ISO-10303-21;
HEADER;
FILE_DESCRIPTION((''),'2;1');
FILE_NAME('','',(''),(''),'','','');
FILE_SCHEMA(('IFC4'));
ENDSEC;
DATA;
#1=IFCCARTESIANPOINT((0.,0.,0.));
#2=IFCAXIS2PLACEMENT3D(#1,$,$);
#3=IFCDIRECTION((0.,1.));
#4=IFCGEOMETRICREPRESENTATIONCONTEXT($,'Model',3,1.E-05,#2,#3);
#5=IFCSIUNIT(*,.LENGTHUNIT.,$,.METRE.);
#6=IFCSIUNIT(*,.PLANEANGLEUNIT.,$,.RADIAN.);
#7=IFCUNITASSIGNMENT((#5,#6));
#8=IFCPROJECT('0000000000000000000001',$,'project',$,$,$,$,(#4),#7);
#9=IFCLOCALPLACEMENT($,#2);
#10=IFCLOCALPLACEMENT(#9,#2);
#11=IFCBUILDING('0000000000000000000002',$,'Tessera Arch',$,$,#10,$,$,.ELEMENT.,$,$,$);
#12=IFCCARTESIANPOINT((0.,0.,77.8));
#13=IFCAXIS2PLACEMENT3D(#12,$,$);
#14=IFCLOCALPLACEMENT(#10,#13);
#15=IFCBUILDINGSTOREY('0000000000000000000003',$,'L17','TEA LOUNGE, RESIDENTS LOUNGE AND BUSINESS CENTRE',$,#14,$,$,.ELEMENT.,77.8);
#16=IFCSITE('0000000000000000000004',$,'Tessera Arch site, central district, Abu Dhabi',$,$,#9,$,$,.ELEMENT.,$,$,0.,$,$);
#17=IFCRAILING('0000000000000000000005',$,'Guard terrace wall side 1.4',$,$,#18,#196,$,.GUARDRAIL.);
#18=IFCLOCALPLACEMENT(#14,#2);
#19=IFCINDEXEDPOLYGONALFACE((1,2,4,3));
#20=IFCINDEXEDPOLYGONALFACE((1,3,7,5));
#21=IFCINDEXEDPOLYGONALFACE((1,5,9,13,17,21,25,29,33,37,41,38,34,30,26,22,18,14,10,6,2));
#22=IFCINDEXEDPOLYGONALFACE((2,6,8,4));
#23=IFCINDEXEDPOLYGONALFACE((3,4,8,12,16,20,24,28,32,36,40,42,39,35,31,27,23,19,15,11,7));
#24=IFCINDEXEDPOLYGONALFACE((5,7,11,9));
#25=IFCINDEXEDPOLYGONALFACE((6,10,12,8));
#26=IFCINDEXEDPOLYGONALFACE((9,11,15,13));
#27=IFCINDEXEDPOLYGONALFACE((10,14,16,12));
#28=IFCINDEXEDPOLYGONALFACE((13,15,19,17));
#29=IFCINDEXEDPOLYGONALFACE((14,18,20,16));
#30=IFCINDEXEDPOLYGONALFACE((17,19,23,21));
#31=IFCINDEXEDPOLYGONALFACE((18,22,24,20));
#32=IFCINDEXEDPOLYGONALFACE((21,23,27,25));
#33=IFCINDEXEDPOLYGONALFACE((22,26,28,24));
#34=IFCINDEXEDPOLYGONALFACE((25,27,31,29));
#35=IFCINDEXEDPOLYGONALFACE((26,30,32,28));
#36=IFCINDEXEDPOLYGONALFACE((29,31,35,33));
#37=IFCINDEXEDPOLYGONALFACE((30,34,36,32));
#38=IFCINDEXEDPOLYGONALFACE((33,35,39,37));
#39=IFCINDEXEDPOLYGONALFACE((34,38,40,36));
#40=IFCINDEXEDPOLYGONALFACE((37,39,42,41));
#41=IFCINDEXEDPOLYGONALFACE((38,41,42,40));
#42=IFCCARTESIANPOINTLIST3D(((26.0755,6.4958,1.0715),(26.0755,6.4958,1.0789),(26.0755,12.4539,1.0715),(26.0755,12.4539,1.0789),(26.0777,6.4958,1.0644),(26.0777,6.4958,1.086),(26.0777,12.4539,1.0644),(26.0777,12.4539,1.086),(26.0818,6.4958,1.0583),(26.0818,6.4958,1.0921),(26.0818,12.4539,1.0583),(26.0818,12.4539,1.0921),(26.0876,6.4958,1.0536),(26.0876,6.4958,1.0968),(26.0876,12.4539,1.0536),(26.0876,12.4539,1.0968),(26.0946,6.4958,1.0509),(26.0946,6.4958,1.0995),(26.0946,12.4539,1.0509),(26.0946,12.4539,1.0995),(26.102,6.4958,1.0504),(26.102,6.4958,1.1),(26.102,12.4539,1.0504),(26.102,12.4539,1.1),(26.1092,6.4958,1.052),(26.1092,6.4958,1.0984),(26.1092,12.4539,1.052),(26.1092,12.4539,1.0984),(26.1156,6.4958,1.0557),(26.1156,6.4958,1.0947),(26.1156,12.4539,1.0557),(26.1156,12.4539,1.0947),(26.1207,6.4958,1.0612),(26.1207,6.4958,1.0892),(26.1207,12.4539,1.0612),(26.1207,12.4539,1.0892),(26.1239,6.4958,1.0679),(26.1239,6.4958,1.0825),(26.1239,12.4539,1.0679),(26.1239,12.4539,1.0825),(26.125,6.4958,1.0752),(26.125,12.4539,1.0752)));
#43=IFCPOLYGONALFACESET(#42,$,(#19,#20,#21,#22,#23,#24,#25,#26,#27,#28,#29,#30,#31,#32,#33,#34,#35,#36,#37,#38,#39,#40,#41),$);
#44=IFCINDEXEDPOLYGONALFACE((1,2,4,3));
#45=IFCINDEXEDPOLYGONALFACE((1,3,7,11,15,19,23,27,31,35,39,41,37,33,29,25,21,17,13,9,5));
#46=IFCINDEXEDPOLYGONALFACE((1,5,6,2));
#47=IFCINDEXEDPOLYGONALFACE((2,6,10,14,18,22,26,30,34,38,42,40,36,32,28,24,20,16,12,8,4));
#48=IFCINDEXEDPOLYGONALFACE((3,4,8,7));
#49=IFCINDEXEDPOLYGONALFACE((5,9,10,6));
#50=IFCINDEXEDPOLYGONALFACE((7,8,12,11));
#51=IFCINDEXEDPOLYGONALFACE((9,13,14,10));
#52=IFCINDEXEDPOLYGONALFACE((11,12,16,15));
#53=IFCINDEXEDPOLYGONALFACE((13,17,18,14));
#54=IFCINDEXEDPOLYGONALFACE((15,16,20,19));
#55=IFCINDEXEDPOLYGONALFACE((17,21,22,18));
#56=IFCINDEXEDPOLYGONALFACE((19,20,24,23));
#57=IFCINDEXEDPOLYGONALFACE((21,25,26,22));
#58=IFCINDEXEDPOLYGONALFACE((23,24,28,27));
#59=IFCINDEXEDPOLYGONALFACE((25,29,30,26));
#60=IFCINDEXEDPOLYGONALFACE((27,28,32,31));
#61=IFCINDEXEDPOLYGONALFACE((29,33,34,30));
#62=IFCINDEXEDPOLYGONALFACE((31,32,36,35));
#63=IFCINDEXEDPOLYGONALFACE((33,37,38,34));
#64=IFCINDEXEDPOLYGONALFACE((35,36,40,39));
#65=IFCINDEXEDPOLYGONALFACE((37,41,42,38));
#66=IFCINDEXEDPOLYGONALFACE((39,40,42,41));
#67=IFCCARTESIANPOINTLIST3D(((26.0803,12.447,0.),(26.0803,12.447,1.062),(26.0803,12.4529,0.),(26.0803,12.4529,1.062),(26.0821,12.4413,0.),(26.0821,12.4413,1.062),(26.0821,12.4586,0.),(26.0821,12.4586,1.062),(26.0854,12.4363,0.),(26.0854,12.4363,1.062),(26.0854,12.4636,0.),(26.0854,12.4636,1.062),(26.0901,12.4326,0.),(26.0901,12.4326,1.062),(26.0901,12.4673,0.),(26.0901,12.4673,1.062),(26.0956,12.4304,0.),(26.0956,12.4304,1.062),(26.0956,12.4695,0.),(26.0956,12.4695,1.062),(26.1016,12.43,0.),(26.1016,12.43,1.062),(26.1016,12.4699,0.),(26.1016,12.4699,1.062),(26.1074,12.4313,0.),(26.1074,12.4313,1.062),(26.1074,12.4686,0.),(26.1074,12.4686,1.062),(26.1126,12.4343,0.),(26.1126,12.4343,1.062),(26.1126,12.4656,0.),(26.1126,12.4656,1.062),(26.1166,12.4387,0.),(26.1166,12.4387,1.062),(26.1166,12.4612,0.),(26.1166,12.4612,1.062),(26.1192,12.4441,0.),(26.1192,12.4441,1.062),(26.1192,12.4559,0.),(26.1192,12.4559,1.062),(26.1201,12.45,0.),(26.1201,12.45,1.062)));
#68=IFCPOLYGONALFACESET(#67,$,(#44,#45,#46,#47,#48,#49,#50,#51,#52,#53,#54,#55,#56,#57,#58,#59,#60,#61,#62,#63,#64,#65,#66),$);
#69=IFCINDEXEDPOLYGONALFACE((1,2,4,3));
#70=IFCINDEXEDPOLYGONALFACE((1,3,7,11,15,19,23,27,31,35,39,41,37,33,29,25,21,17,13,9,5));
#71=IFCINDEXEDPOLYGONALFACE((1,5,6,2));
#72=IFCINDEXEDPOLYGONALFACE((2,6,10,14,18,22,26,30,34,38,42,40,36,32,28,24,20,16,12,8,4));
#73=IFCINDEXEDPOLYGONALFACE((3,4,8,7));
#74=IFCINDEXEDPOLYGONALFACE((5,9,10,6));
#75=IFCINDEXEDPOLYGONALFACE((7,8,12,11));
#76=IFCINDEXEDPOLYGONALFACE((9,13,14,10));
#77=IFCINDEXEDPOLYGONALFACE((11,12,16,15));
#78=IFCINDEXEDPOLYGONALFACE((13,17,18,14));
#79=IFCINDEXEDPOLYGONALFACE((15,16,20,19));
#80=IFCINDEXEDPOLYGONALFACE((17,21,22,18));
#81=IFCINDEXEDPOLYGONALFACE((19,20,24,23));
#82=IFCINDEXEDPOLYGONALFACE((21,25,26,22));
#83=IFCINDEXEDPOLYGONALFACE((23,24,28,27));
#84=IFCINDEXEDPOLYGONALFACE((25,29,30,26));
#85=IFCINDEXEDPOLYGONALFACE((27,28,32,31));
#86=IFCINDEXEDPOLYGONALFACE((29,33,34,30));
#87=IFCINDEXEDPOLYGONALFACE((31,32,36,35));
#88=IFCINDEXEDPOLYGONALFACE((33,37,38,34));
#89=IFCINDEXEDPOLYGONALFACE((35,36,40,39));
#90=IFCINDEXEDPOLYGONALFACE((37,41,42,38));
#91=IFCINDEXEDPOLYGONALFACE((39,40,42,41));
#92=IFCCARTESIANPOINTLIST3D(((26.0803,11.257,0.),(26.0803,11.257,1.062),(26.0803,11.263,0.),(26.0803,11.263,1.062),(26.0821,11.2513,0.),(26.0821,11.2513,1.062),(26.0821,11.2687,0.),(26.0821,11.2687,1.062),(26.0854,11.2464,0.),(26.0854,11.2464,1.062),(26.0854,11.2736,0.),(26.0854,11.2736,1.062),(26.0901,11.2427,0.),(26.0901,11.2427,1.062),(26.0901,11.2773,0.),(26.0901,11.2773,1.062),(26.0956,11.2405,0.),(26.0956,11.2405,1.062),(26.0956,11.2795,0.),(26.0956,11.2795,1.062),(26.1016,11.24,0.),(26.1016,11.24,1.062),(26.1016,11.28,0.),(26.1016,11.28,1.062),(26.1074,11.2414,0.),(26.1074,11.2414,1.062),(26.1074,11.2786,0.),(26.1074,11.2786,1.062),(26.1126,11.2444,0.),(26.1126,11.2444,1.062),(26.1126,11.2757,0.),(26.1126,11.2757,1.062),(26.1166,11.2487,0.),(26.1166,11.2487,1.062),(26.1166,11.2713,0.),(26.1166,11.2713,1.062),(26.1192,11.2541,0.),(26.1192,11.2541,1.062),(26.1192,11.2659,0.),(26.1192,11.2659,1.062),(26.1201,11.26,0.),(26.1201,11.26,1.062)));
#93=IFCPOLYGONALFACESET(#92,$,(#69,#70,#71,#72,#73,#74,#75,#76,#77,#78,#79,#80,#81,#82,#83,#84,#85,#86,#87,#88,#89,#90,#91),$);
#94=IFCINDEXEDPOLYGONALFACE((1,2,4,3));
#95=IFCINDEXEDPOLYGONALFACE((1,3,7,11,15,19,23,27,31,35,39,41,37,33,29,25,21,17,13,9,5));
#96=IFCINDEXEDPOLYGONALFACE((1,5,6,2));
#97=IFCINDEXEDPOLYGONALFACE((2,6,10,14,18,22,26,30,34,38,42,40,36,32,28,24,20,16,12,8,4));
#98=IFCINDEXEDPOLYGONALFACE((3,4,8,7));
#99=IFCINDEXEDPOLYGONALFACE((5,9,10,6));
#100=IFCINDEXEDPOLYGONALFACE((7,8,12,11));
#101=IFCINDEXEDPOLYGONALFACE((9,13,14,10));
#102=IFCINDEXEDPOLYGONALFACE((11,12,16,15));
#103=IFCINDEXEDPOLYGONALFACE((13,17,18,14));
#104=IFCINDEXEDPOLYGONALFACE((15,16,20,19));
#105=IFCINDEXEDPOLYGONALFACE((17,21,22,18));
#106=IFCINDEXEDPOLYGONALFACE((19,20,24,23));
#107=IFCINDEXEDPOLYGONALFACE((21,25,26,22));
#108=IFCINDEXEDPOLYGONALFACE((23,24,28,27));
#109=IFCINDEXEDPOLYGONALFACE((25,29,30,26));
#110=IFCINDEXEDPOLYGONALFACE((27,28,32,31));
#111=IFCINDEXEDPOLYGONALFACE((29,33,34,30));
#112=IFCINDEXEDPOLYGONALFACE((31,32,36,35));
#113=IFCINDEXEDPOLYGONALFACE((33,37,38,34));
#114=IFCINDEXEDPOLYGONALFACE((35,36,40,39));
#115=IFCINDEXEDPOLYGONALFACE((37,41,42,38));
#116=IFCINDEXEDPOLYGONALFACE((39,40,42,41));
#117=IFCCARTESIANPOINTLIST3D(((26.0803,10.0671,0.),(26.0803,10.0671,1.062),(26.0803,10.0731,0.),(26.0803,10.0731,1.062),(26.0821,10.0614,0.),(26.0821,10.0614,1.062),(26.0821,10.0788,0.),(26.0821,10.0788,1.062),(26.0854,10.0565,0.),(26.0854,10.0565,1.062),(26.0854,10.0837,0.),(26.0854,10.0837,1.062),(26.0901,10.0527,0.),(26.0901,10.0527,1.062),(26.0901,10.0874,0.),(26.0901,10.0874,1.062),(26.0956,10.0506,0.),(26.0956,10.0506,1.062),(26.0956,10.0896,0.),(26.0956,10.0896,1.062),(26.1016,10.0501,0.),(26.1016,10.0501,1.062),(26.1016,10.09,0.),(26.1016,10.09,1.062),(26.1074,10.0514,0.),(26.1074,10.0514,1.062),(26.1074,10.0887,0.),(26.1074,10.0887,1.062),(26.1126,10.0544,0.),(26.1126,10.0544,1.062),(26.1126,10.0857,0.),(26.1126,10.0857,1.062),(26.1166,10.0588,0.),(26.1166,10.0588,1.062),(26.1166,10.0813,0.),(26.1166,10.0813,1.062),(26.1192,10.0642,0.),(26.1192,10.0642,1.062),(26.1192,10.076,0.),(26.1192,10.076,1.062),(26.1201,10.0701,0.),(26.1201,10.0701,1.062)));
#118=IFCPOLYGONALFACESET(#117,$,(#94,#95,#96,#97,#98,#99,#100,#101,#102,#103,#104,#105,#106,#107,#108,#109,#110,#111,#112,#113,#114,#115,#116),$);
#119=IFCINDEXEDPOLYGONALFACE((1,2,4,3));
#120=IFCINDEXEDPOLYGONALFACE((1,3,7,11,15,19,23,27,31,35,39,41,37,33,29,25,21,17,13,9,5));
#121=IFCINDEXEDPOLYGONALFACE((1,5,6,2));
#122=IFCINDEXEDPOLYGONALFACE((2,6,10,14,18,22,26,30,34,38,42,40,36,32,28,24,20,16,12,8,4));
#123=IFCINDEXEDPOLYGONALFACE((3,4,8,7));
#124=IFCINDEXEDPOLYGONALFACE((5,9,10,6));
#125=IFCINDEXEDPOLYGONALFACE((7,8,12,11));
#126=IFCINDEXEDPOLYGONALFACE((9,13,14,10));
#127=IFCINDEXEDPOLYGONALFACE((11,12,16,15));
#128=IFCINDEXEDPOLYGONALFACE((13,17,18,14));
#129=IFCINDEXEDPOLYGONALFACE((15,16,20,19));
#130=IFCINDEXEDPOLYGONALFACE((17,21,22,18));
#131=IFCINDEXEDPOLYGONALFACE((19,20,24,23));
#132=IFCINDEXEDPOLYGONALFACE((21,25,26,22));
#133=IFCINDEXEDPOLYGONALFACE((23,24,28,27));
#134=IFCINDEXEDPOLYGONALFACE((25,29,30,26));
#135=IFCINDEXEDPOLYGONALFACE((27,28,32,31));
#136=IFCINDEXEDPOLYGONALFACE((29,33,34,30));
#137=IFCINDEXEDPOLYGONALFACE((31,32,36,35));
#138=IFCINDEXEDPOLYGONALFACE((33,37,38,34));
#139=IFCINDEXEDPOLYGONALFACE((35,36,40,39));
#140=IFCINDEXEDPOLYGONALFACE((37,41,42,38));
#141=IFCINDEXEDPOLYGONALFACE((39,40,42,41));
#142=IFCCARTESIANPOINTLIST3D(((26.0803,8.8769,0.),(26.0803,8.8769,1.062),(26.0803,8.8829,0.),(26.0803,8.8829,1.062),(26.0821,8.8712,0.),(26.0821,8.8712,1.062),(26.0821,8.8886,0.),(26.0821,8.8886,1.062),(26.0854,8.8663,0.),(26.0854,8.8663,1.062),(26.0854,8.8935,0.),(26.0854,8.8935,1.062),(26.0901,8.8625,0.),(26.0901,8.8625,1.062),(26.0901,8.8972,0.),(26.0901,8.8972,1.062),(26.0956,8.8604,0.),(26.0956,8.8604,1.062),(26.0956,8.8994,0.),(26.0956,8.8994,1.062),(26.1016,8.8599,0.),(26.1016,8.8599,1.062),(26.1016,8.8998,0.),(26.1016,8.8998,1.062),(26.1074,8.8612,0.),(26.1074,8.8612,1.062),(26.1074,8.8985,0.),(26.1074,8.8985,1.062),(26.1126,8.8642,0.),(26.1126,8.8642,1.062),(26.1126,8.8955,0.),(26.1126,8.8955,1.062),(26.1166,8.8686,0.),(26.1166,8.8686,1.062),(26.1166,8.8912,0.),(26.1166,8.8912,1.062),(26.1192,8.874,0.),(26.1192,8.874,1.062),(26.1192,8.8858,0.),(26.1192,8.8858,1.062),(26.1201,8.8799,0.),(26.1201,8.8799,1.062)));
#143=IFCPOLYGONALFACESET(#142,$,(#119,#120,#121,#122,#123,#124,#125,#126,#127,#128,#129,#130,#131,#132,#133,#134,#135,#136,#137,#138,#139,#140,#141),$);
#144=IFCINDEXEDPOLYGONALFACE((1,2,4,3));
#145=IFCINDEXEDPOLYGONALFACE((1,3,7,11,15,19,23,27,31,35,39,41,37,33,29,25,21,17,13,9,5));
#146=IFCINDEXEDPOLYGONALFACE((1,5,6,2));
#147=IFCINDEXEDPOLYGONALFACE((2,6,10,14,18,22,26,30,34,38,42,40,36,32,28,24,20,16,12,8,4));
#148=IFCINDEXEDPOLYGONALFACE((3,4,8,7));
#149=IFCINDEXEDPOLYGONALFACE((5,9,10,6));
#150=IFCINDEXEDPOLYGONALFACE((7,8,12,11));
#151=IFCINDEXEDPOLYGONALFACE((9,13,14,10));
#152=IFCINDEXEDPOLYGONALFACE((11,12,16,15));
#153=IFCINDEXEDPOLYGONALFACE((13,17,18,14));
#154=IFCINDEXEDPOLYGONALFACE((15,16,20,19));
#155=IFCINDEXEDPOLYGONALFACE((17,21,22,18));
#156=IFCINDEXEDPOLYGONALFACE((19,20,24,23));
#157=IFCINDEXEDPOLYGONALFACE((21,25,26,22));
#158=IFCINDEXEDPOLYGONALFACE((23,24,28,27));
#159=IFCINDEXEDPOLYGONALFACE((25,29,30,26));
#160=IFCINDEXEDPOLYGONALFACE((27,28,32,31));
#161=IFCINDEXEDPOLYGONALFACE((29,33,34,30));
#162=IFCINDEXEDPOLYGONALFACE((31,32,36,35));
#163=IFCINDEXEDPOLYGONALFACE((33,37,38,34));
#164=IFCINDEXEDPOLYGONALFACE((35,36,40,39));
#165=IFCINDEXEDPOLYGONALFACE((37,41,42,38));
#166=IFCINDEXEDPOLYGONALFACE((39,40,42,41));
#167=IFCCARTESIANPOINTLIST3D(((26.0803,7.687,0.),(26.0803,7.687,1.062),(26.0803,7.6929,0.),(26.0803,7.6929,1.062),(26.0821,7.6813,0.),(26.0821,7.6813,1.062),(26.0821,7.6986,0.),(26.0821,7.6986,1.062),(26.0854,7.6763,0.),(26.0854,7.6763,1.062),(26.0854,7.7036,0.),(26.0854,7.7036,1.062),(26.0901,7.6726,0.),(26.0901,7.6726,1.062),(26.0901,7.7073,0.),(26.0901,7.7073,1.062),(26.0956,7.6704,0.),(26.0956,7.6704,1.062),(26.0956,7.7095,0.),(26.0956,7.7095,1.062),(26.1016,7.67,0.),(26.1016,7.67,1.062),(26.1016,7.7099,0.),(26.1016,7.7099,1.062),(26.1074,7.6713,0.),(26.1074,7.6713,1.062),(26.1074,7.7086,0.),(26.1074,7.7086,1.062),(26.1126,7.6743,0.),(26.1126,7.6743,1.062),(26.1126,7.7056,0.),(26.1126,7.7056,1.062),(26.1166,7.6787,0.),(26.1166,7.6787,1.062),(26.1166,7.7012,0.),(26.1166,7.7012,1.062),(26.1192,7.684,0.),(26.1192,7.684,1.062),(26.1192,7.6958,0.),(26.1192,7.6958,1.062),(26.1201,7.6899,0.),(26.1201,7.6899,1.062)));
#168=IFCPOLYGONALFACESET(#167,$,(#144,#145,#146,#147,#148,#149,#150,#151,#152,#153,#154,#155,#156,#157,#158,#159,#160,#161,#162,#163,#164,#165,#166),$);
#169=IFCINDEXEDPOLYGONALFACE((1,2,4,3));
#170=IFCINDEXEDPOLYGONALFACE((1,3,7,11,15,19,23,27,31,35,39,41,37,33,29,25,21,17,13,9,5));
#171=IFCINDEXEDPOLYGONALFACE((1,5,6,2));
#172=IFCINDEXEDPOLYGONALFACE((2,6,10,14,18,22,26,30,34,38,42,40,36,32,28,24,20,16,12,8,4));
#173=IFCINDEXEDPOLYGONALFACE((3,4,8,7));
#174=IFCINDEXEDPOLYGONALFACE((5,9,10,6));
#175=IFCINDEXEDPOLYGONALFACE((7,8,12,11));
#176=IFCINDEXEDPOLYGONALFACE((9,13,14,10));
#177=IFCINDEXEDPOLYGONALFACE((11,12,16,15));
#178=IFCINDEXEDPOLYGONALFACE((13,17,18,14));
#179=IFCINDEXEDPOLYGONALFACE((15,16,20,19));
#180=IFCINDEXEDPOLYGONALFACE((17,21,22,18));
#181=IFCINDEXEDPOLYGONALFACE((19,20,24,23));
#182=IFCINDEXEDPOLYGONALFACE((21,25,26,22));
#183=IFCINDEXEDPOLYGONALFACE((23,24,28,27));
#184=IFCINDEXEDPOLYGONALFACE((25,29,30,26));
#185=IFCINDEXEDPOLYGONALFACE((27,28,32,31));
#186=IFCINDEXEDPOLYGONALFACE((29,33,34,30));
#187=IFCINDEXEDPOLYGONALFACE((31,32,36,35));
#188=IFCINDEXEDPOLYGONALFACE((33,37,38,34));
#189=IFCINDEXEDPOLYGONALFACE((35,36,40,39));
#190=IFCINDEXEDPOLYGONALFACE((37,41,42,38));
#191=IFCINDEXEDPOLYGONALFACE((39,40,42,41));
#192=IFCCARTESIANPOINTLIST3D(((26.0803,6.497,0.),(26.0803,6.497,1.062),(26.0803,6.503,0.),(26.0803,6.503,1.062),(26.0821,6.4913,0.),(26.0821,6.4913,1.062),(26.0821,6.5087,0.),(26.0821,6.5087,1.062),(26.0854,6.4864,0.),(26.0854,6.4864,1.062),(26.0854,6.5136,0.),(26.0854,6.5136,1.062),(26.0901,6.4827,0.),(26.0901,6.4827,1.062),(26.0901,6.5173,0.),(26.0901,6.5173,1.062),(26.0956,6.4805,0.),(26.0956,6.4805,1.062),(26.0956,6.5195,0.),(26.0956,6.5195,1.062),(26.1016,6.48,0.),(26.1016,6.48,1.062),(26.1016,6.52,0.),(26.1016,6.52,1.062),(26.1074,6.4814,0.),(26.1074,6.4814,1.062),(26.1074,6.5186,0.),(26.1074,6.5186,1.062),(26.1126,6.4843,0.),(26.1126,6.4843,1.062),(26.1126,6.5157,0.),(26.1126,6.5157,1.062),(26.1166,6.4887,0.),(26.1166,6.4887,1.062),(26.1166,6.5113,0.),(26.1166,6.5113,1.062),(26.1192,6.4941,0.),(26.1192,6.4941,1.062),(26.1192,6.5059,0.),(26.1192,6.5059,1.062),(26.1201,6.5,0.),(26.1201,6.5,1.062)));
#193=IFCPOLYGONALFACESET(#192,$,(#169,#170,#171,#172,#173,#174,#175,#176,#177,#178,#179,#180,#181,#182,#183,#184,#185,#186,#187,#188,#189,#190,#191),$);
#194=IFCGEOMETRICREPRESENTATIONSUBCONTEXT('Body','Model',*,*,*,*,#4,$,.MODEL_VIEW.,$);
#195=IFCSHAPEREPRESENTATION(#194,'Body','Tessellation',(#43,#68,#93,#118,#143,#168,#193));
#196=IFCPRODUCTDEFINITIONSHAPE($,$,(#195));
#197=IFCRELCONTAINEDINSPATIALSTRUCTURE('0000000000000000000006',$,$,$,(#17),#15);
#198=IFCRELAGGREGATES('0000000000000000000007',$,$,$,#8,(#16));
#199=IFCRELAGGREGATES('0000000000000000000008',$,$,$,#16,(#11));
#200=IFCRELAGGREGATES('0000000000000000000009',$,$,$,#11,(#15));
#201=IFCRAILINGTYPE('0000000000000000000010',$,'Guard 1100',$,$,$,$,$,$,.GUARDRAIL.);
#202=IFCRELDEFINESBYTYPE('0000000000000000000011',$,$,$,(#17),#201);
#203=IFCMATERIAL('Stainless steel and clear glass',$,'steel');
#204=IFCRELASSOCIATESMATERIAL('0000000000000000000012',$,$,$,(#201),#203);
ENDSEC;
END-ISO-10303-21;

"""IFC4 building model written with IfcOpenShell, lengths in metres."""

from ifc_helpers import new_model, si_unit, direction, frame, origin, origin_2d, place, context, subcontext, project, spatial, circle, extrude, material, type_object, element, save


model = new_model("IFC4")

# Units and contexts
model_context = context("Model", 3, precision=1e-05, world=origin(), true_north=direction((0.0, 1.0)))
body_context = subcontext(model_context, "Body", "Model", "MODEL_VIEW")
ifc_project = project(units=[si_unit("LENGTHUNIT", "METRE"), si_unit("PLANEANGLEUNIT", "RADIAN")], contexts=[model_context])

# Site, building, storey
site_placement = place(None, origin())
site = spatial("IfcSite", under=ifc_project, at=site_placement, Name="Tessera Arch site, central district, Abu Dhabi", CompositionType="ELEMENT", RefElevation=0.0)
building_placement = place(site_placement, origin())
building = spatial("IfcBuilding", under=site, at=building_placement, Name="Tessera Arch", CompositionType="ELEMENT")
storey_placement = place(building_placement, frame((0.0, 0.0, 77.8)))
storey = spatial("IfcBuildingStorey", under=building, at=storey_placement, Name="L17", Description="TEA LOUNGE, RESIDENTS LOUNGE AND BUSINESS CENTRE", CompositionType="ELEMENT", Elevation=77.8)

# Railing
ifc_material_1 = material(Name="Stainless steel and clear glass", Category="steel")
railing_type_1 = type_object("IfcRailingType", Name="Guard 1100", PredefinedType="GUARDRAIL", material=ifc_material_1)
railing_1_placement = place(storey_placement, frame((26.1001, 12.45, 0.0)))
element("IfcRailing", 1, at=railing_1_placement, inside=storey, type_object=railing_type_1, Name="Guard terrace wall side 1.4", PredefinedType="GUARDRAIL", context=body_context, shape_type="SweptSolid", body=[
    extrude(circle(Radius=0.0249, at=origin_2d()), frame((0.0, 0.0039, 1.0752), z_axis=(0.0, -1.0, 0.0), x_axis=(1.0, 0.0, 0.0)), (0.0, 0.0, 1.0), 5.958),
    extrude(circle(Radius=0.02, at=origin_2d()), origin(), (0.0, 0.0, 1.0), 1.062),
    extrude(circle(Radius=0.02, at=origin_2d()), frame((0.0, -1.1899, 0.0)), (0.0, 0.0, 1.0), 1.062),
    extrude(circle(Radius=0.02, at=origin_2d()), frame((0.0, -2.3799, 0.0)), (0.0, 0.0, 1.0), 1.062),
    extrude(circle(Radius=0.02, at=origin_2d()), frame((0.0, -3.5701, 0.0)), (0.0, 0.0, 1.0), 1.062),
    extrude(circle(Radius=0.02, at=origin_2d()), frame((0.0, -4.76, 0.0)), (0.0, 0.0, 1.0), 1.062),
    extrude(circle(Radius=0.02, at=origin_2d()), frame((0.0, -5.95, 0.0)), (0.0, 0.0, 1.0), 1.062),
])

save(model, "model.ifc")
